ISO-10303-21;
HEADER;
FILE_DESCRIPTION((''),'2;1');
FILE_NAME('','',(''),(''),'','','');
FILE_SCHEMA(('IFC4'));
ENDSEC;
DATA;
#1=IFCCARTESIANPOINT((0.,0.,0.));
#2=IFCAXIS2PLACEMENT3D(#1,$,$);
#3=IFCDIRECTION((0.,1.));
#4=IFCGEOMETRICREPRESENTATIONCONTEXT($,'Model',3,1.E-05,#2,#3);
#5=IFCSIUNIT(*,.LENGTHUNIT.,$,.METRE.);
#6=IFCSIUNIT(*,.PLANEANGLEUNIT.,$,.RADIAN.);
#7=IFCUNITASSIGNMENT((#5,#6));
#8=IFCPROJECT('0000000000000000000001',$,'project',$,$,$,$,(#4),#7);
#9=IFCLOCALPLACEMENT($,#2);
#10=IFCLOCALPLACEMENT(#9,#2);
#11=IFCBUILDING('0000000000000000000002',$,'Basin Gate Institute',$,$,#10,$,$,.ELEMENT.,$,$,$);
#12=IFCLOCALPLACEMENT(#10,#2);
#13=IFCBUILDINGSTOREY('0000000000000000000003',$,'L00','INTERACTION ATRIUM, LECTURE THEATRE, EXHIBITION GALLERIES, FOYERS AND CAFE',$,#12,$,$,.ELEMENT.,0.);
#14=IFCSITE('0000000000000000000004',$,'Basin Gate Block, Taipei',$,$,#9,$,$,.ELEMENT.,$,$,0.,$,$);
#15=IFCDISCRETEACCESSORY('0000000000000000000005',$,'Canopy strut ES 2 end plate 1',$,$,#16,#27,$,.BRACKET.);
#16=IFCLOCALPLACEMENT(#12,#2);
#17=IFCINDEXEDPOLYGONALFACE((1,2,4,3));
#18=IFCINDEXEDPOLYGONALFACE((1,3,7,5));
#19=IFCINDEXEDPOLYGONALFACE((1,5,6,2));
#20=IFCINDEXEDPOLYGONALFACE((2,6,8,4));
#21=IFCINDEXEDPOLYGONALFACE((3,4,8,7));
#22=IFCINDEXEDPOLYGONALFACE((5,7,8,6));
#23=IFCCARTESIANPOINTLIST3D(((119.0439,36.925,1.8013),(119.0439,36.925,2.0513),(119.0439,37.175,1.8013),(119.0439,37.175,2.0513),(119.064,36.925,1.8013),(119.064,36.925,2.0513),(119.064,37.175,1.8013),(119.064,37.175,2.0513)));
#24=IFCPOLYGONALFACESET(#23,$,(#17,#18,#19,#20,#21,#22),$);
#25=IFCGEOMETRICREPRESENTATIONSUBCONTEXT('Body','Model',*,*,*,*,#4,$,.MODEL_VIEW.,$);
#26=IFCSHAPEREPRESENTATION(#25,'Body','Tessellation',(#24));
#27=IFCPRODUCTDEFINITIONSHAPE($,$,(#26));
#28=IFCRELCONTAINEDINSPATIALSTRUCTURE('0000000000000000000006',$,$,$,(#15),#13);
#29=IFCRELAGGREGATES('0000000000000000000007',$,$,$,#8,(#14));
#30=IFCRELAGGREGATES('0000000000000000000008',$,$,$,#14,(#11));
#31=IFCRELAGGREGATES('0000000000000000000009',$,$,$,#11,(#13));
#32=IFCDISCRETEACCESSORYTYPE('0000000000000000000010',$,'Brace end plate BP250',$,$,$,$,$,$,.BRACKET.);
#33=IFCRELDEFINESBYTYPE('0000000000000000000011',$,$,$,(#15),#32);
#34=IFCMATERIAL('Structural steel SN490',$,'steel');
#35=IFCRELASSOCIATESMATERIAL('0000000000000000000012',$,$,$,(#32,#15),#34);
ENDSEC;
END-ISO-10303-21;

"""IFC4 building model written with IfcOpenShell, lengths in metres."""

from ifc_helpers import new_model, si_unit, direction, frame, origin, origin_2d, place, context, subcontext, project, spatial, rectangle, extrude, material, type_object, element, save


model = new_model("IFC4")

# Units and contexts
model_context = context("Model", 3, precision=1e-05, world=origin(), true_north=direction((0.0, 1.0)))
body_context = subcontext(model_context, "Body", "Model", "MODEL_VIEW")
ifc_project = project(units=[si_unit("LENGTHUNIT", "METRE"), si_unit("PLANEANGLEUNIT", "RADIAN")], contexts=[model_context])

# Site, building, storey
site_placement = place(None, origin())
site = spatial("IfcSite", under=ifc_project, at=site_placement, Name="Basin Gate Block, Taipei", CompositionType="ELEMENT", RefElevation=0.0)
building_placement = place(site_placement, origin())
building = spatial("IfcBuilding", under=site, at=building_placement, Name="Basin Gate Institute", CompositionType="ELEMENT")
storey_placement = place(building_placement, origin())
storey = spatial("IfcBuildingStorey", under=building, at=storey_placement, Name="L00", Description="INTERACTION ATRIUM, LECTURE THEATRE, EXHIBITION GALLERIES, FOYERS AND CAFE", CompositionType="ELEMENT", Elevation=0.0)

# Discrete accessory
ifc_material_1 = material(Name="Structural steel SN490", Category="steel")
discrete_accessory_type = type_object("IfcDiscreteAccessoryType", Name="Brace end plate BP250", PredefinedType="BRACKET", material=ifc_material_1)
for number, where, z_axis, x_axis, name in (
    (1, (119.054, 37.05, 1.8013), (0.0, 0.0, 1.0), (1.0, 0.0, 0.0), "Canopy strut ES 2 end plate 1"),
):
    element("IfcDiscreteAccessory", number, at=place(storey_placement, frame(where, z_axis=z_axis, x_axis=x_axis)), inside=storey, type_object=discrete_accessory_type, material=ifc_material_1, Name=name, PredefinedType="BRACKET", context=body_context, shape_type="SweptSolid", body=[
        extrude(rectangle(XDim=0.02, YDim=0.25, at=origin_2d()), origin(), (0.0, 0.0, 1.0), 0.25),
    ])

save(model, "model.ifc")
